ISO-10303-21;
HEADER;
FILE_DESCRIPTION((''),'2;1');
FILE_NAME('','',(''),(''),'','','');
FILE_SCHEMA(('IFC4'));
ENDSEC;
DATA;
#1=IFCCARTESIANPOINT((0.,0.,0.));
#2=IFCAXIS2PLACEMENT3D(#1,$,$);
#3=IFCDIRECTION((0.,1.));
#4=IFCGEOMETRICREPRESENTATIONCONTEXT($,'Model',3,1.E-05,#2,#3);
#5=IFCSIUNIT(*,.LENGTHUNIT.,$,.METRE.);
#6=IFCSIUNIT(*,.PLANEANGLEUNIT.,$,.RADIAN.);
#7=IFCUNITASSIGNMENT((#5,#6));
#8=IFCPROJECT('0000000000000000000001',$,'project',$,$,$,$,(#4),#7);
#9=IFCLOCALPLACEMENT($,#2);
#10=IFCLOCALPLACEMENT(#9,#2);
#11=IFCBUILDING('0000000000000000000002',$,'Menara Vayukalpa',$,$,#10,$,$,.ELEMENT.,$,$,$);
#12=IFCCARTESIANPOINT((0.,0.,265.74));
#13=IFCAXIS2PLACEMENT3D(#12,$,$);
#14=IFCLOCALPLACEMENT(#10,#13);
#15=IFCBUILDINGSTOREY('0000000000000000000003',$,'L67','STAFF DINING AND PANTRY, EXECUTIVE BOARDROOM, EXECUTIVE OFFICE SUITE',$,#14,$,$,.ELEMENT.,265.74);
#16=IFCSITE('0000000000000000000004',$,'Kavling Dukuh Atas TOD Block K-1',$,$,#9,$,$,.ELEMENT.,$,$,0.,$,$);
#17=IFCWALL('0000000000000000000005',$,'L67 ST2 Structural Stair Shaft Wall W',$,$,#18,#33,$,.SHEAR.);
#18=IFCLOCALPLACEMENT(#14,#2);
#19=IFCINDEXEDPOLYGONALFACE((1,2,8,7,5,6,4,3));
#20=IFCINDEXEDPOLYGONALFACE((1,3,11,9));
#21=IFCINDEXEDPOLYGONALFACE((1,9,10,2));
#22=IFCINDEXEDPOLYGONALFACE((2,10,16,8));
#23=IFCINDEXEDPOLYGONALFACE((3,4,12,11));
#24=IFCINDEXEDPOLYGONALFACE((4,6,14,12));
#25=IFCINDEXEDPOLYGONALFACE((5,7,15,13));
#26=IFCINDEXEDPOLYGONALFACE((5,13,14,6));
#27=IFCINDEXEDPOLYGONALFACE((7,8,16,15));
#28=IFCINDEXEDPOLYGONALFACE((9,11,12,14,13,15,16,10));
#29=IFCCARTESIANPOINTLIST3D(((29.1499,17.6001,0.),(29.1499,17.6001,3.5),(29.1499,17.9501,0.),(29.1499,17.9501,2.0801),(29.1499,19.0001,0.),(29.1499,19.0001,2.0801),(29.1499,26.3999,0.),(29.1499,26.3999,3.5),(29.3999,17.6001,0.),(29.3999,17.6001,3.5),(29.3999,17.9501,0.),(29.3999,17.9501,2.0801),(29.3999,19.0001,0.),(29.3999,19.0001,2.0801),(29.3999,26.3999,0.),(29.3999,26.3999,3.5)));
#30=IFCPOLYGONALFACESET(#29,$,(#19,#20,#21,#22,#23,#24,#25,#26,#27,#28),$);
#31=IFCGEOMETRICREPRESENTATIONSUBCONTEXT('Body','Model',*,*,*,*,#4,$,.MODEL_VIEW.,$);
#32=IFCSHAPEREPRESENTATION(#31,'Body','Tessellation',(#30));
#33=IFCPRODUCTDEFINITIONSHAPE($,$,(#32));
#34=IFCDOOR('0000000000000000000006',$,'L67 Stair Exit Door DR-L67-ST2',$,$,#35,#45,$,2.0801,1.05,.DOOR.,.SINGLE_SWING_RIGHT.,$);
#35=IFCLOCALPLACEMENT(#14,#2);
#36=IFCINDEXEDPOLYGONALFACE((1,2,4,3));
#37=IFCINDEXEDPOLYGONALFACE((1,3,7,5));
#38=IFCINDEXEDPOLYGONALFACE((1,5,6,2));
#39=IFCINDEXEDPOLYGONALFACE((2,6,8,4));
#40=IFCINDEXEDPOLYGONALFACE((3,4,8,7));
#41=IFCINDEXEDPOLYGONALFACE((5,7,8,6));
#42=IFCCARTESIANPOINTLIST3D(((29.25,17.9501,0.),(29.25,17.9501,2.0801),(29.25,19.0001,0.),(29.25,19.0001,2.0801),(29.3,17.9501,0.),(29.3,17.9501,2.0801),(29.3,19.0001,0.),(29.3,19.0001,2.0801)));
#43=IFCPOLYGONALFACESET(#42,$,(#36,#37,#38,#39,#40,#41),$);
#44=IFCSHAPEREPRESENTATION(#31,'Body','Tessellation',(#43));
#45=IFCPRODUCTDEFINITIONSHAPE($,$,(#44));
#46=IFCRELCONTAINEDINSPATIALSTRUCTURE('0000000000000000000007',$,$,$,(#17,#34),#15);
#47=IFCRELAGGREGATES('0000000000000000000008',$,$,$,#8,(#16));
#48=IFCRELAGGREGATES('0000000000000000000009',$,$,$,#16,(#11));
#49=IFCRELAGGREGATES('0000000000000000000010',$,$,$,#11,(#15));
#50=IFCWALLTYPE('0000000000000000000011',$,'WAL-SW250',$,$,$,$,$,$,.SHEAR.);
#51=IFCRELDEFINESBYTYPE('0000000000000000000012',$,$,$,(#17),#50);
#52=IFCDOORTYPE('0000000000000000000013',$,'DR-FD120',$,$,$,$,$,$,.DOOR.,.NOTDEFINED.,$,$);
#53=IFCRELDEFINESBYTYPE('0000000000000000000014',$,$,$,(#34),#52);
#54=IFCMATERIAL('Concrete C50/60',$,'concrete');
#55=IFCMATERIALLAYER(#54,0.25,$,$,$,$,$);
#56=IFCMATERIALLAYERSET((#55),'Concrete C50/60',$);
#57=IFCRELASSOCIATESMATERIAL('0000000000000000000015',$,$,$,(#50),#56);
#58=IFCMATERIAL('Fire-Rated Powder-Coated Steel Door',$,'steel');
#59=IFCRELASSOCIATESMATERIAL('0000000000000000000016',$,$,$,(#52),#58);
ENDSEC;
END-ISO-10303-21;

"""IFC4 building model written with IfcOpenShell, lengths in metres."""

from ifc_helpers import new_model, si_unit, direction, frame, frame_2d, origin, place, context, subcontext, project, spatial, rectangle, extrude, material, layer, layer_set, type_object, element, fill, save


model = new_model("IFC4")

# Units and contexts
model_context = context("Model", 3, precision=1e-05, world=origin(), true_north=direction((0.0, 1.0)))
body_context = subcontext(model_context, "Body", "Model", "MODEL_VIEW")
ifc_project = project(units=[si_unit("LENGTHUNIT", "METRE"), si_unit("PLANEANGLEUNIT", "RADIAN")], contexts=[model_context])

# Site, building, storey
site_placement = place(None, origin())
site = spatial("IfcSite", under=ifc_project, at=site_placement, Name="Kavling Dukuh Atas TOD Block K-1", CompositionType="ELEMENT", RefElevation=0.0)
building_placement = place(site_placement, origin())
building = spatial("IfcBuilding", under=site, at=building_placement, Name="Menara Vayukalpa", CompositionType="ELEMENT")
storey_placement = place(building_placement, frame((0.0, 0.0, 265.74)))
storey = spatial("IfcBuildingStorey", under=building, at=storey_placement, Name="L67", Description="STAFF DINING AND PANTRY, EXECUTIVE BOARDROOM, EXECUTIVE OFFICE SUITE", CompositionType="ELEMENT", Elevation=265.74)

# Wall, opening, door
ifc_material_1 = material(Name="Concrete C50/60", Category="concrete")
ifc_layer_1 = layer(ifc_material_1, 0.25)
ifc_layer_set_1 = layer_set([ifc_layer_1], Name="Concrete C50/60")
wall_type_1 = type_object("IfcWallType", Name="WAL-SW250", PredefinedType="SHEAR", material=ifc_layer_set_1)
wall_1_placement = place(storey_placement, frame((29.2749, 17.6001, 0.0), z_axis=(0.0, 0.0, 1.0), x_axis=(0.0, 1.0, 0.0)))
wall_1 = element("IfcWall", 1, at=wall_1_placement, inside=storey, type_object=wall_type_1, Name="L67 ST2 Structural Stair Shaft Wall W", PredefinedType="SHEAR", context=body_context, shape_type="SweptSolid", body=[
    extrude(rectangle(XDim=8.7998, YDim=0.25, at=frame_2d((4.3999, 0.0))), origin(), (0.0, 0.0, 1.0), 3.5),
])
opening_1_placement = place(wall_1_placement, frame((0.3501, 0.0, 0.0)))
opening_1 = element("IfcOpeningElement", 2, at=opening_1_placement, cuts=wall_1, PredefinedType="OPENING", context=body_context, shape_type="SweptSolid", body=[
    extrude(rectangle(XDim=1.05, YDim=2.0801, at=frame_2d((0.5249, 1.04))), frame((0.0, 0.135, 0.0), z_axis=(0.0, -1.0, 0.0), x_axis=(1.0, 0.0, 0.0)), (0.0, 0.0, 1.0), 0.27),
])
ifc_material_2 = material(Name="Fire-Rated Powder-Coated Steel Door", Category="steel")
door_type_1 = type_object("IfcDoorType", Name="DR-FD120", OperationType="NOTDEFINED", PredefinedType="DOOR", material=ifc_material_2)
door_1_placement = place(opening_1_placement, origin())
door_1 = element("IfcDoor", 3, at=door_1_placement, inside=storey, type_object=door_type_1, Name="L67 Stair Exit Door DR-L67-ST2", OperationType="SINGLE_SWING_RIGHT", OverallHeight=2.0801, OverallWidth=1.05, PredefinedType="DOOR", context=body_context, shape_type="SweptSolid", body=[
    extrude(rectangle(XDim=1.05, YDim=2.0801, at=frame_2d((0.5249, 1.04))), frame((0.0, 0.0249, 0.0), z_axis=(0.0, -1.0, 0.0), x_axis=(1.0, 0.0, 0.0)), (0.0, 0.0, 1.0), 0.05),
])
fill(opening_1, door_1)

save(model, "model.ifc")
